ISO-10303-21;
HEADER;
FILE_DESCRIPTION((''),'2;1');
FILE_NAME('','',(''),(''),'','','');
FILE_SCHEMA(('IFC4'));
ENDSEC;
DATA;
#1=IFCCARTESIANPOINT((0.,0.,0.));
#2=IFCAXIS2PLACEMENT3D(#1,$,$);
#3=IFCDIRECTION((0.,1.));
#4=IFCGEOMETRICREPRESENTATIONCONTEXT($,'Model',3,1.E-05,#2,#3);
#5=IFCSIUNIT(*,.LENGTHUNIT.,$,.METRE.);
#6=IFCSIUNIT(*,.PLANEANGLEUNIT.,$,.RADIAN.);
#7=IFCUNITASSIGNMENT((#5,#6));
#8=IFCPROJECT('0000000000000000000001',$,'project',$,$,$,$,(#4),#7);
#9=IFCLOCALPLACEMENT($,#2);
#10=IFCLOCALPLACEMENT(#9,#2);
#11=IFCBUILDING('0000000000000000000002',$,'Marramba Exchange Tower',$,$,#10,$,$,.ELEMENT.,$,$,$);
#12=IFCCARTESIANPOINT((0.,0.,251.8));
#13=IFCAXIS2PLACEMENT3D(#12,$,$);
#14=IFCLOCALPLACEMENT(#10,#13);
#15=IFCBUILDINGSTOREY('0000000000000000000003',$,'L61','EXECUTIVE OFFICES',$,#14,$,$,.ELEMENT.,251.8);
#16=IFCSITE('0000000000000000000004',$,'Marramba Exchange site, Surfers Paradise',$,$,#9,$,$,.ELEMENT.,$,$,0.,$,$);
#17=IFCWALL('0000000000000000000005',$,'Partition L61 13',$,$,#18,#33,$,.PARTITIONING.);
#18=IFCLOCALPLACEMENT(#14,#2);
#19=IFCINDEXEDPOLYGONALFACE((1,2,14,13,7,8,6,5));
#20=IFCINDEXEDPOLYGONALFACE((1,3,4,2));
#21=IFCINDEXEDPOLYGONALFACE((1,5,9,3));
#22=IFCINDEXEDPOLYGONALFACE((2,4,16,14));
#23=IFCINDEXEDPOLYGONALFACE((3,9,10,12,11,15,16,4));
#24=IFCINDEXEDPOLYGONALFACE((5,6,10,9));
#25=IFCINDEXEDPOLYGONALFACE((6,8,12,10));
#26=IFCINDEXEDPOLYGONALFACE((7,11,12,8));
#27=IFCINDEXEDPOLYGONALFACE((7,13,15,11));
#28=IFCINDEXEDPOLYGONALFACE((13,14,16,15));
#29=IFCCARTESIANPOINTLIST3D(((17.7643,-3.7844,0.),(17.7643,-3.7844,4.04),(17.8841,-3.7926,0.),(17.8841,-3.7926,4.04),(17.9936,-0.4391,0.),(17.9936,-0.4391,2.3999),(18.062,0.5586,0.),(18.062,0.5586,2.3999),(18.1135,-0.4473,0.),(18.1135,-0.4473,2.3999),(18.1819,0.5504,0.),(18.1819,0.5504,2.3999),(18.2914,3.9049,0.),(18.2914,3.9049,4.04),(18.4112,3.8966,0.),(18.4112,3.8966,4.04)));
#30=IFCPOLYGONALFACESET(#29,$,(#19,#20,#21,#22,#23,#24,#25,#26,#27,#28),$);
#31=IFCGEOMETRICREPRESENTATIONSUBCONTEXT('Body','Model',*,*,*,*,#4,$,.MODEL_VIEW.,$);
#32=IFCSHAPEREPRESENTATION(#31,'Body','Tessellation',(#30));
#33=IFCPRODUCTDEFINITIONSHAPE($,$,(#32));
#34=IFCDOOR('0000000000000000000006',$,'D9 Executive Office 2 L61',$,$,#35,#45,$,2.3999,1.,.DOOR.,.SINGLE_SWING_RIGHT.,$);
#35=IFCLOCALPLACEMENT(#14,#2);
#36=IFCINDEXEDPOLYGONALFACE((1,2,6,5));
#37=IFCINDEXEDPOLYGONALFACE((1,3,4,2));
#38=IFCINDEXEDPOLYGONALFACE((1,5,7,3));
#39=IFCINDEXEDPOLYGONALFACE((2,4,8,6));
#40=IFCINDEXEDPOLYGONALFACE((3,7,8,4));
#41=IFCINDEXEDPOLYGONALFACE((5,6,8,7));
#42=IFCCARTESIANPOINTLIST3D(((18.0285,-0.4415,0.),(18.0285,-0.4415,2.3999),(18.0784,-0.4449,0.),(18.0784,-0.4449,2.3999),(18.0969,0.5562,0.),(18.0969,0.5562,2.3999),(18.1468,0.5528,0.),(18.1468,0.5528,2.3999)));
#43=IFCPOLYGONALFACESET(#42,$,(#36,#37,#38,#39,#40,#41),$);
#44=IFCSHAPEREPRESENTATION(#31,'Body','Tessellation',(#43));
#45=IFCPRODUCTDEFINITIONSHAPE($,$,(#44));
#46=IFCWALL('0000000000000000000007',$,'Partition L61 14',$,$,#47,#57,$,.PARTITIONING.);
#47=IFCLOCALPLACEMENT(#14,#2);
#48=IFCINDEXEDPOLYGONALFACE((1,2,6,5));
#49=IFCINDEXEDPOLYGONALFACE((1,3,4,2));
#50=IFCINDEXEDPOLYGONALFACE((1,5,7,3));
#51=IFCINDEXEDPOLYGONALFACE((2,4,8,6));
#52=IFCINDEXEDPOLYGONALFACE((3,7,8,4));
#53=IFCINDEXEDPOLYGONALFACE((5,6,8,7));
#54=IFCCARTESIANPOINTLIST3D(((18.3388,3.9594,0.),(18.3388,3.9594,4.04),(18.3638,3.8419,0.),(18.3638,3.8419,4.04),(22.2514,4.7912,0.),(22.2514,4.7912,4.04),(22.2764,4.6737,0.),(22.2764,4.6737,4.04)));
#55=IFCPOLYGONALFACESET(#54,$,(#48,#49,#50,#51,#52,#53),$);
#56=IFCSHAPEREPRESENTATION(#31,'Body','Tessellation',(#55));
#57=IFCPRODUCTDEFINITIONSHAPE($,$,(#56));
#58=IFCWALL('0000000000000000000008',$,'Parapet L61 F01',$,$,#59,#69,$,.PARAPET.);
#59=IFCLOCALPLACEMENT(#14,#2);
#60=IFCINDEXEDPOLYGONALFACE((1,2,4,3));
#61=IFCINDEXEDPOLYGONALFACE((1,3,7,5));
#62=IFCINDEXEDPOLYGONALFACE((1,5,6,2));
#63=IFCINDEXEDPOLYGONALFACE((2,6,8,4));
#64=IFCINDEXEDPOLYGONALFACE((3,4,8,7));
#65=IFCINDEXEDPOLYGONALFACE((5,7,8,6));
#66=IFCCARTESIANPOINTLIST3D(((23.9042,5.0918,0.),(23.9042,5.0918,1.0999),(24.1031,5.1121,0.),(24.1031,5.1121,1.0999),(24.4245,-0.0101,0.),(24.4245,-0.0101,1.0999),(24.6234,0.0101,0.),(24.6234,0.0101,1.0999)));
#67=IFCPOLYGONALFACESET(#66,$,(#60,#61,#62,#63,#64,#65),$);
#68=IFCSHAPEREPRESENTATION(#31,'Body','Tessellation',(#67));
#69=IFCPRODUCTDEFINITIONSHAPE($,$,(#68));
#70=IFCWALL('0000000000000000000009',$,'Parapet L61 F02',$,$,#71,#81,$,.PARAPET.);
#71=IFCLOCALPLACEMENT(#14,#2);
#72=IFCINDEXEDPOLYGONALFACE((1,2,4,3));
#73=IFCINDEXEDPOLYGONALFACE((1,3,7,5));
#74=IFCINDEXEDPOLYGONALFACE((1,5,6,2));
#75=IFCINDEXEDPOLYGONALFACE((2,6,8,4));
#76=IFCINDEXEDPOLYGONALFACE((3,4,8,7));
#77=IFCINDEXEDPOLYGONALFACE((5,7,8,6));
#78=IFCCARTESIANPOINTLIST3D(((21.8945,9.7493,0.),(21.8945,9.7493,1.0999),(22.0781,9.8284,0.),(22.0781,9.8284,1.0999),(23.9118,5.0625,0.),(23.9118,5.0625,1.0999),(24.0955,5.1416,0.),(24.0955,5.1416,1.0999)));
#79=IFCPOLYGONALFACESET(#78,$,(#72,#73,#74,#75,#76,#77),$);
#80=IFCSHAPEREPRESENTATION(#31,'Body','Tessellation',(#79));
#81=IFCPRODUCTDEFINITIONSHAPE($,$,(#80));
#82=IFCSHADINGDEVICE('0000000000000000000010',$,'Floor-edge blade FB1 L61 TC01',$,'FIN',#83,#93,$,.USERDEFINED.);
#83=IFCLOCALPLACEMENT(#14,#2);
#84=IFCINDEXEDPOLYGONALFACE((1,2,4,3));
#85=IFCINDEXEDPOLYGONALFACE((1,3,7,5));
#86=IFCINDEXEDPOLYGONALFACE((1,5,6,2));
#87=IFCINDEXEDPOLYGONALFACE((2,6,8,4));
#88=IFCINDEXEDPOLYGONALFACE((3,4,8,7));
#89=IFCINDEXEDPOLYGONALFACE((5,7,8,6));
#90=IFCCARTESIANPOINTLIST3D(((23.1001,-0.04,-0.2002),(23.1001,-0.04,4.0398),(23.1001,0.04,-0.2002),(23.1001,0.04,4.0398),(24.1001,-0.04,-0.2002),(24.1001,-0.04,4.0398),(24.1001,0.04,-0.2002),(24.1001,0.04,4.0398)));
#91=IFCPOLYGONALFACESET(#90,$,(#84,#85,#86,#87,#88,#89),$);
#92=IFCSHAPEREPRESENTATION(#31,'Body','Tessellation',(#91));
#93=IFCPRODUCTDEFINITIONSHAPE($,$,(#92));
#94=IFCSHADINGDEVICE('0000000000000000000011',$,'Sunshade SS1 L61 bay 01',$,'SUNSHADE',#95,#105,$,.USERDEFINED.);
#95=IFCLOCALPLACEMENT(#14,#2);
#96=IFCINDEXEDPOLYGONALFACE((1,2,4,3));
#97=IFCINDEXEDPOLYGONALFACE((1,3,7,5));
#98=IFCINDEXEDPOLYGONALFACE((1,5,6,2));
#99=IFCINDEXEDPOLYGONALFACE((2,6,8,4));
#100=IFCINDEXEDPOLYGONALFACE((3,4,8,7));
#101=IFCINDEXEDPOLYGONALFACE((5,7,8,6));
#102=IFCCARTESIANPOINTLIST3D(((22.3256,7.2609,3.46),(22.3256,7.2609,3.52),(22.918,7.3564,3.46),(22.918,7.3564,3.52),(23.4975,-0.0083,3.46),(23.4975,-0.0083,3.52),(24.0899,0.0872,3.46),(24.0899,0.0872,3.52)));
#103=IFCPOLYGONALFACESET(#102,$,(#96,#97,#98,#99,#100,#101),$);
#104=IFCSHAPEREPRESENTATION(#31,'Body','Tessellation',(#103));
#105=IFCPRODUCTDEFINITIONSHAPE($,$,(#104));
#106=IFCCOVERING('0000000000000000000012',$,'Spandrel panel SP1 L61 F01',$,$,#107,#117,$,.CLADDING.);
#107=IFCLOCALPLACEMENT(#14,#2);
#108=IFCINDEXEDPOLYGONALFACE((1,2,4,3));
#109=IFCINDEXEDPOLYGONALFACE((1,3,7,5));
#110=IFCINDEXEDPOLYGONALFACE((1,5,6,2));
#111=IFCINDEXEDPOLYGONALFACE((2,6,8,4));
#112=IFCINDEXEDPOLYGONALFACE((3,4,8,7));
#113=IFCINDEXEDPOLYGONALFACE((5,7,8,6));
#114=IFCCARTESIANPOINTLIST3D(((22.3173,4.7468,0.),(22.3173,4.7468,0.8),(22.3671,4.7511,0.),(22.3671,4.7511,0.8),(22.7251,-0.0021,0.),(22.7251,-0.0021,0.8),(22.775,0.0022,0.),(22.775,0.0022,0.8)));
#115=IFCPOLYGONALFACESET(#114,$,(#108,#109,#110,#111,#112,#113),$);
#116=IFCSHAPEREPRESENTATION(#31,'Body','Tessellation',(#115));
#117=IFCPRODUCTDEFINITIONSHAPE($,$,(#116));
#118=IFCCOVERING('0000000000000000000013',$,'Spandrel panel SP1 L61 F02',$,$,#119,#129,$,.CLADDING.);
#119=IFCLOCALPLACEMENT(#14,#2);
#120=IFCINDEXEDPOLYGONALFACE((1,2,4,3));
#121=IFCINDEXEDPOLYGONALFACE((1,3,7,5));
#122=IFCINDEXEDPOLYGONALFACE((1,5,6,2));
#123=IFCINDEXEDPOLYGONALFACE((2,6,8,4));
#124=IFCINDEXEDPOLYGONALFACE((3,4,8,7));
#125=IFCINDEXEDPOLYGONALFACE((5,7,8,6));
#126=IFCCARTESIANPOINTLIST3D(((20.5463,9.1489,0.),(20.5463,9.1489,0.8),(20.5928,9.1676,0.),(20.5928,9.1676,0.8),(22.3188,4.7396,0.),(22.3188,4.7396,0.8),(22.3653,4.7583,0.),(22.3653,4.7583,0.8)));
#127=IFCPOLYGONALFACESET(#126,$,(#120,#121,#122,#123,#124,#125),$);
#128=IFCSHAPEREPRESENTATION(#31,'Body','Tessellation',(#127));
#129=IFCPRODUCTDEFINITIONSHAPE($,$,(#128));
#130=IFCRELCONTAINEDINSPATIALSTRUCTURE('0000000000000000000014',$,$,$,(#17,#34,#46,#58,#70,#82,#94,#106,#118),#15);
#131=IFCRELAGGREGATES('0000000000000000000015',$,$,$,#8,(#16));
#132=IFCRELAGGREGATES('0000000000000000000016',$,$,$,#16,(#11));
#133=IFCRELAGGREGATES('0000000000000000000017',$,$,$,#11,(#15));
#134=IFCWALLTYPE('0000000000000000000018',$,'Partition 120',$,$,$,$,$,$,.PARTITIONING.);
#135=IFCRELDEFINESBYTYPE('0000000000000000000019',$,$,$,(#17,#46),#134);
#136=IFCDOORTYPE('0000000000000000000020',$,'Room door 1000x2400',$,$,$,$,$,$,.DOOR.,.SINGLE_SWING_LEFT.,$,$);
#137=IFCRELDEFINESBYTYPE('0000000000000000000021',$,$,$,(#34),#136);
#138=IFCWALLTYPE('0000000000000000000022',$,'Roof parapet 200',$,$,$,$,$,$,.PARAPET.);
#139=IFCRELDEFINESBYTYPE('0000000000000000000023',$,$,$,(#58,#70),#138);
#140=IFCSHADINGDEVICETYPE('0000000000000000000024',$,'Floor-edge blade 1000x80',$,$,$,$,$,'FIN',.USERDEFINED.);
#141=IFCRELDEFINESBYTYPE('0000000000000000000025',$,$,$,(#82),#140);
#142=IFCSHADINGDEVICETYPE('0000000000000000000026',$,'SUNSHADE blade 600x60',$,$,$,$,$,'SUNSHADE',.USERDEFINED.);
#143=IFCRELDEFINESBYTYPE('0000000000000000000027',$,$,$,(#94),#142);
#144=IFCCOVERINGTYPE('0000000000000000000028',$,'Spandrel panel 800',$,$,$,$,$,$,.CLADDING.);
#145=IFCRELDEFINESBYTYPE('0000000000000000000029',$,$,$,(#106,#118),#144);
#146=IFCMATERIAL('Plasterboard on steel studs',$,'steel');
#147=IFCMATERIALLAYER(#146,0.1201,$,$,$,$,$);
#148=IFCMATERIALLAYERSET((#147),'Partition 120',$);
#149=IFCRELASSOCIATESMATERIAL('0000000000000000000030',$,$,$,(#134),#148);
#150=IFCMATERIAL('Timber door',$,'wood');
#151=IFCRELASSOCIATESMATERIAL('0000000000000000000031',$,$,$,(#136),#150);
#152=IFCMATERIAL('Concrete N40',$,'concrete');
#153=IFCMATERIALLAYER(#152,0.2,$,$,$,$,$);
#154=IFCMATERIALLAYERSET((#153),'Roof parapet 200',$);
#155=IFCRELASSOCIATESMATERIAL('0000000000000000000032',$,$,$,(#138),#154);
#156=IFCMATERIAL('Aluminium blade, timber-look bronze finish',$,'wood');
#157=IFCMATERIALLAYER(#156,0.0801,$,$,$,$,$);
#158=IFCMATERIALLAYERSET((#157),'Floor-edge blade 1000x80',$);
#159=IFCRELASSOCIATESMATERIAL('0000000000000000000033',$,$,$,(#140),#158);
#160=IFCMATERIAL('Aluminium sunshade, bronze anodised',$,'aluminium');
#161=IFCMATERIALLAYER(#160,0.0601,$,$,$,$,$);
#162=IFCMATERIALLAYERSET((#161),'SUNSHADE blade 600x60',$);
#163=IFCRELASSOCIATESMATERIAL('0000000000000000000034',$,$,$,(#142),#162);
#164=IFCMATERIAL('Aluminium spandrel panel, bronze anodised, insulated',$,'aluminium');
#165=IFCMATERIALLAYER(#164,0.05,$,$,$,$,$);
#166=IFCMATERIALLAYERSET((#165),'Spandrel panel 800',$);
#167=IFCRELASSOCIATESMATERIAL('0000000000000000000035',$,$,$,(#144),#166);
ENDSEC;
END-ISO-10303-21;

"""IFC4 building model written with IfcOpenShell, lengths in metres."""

from ifc_helpers import new_model, si_unit, direction, frame, frame_2d, origin, origin_2d, place, context, subcontext, project, spatial, rectangle, extrude, material, layer, layer_set, type_object, element, fill, save


model = new_model("IFC4")

# Units and contexts
model_context = context("Model", 3, precision=1e-05, world=origin(), true_north=direction((0.0, 1.0)))
body_context = subcontext(model_context, "Body", "Model", "MODEL_VIEW")
ifc_project = project(units=[si_unit("LENGTHUNIT", "METRE"), si_unit("PLANEANGLEUNIT", "RADIAN")], contexts=[model_context])

# Site, building, storey
site_placement = place(None, origin())
site = spatial("IfcSite", under=ifc_project, at=site_placement, Name="Marramba Exchange site, Surfers Paradise", CompositionType="ELEMENT", RefElevation=0.0)
building_placement = place(site_placement, origin())
building = spatial("IfcBuilding", under=site, at=building_placement, Name="Marramba Exchange Tower", CompositionType="ELEMENT")
storey_placement = place(building_placement, frame((0.0, 0.0, 251.8)))
storey = spatial("IfcBuildingStorey", under=building, at=storey_placement, Name="L61", Description="EXECUTIVE OFFICES", CompositionType="ELEMENT", Elevation=251.8)

# Wall, opening, door
ifc_material_1 = material(Name="Plasterboard on steel studs", Category="steel")
ifc_layer_1 = layer(ifc_material_1, 0.1201)
ifc_layer_set_1 = layer_set([ifc_layer_1], Name="Partition 120")
wall_type_1 = type_object("IfcWallType", Name="Partition 120", PredefinedType="PARTITIONING", material=ifc_layer_set_1)
wall_1_placement = place(storey_placement, frame((18.3513, 3.9006, 0.0), z_axis=(0.0, 0.0, 1.0), x_axis=(-0.06839, -0.997659, 0.0)))
wall_1 = element("IfcWall", 1, at=wall_1_placement, inside=storey, type_object=wall_type_1, Name="Partition L61 13", PredefinedType="PARTITIONING", context=body_context, shape_type="SweptSolid", body=[
    extrude(rectangle(XDim=7.7073, YDim=0.1201, at=frame_2d((3.8535, 0.0))), origin(), (0.0, 0.0, 1.0), 4.04),
])
opening_placement = place(wall_1_placement, frame((3.354, 0.0, 0.0)))
opening = element("IfcOpeningElement", 2, at=opening_placement, cuts=wall_1, PredefinedType="OPENING", context=body_context, shape_type="SweptSolid", body=[
    extrude(rectangle(XDim=1.0, YDim=2.3999, at=frame_2d((0.5, 1.2))), frame((0.0, 0.0701, 0.0), z_axis=(0.0, -1.0, 0.0), x_axis=(1.0, 0.0, 0.0)), (0.0, 0.0, 1.0), 0.1401),
])
ifc_material_2 = material(Name="Timber door", Category="wood")
door_type = type_object("IfcDoorType", Name="Room door 1000x2400", OperationType="SINGLE_SWING_LEFT", PredefinedType="DOOR", material=ifc_material_2)
door_placement = place(opening_placement, origin())
door = element("IfcDoor", 3, at=door_placement, inside=storey, type_object=door_type, Name="D9 Executive Office 2 L61", OperationType="SINGLE_SWING_RIGHT", OverallHeight=2.3999, OverallWidth=1.0, PredefinedType="DOOR", context=body_context, shape_type="SweptSolid", body=[
    extrude(rectangle(XDim=1.0, YDim=2.3999, at=frame_2d((0.5, 1.2))), frame((0.0, 0.0249, 0.0), z_axis=(0.0, -1.0, 0.0), x_axis=(1.0, 0.0, 0.0)), (0.0, 0.0, 1.0), 0.05),
])
fill(opening, door)

# Walls
wall_2_placement = place(storey_placement, frame((18.3513, 3.9006, 0.0), z_axis=(0.0, 0.0, 1.0), x_axis=(0.978141, 0.207945, 0.0)))
element("IfcWall", 4, at=wall_2_placement, inside=storey, type_object=wall_type_1, Name="Partition L61 14", PredefinedType="PARTITIONING", context=body_context, shape_type="SweptSolid", body=[
    extrude(rectangle(XDim=4.0, YDim=0.1201, at=frame_2d((2.0, 0.0))), origin(), (0.0, 0.0, 1.0), 4.04),
])
ifc_material_3 = material(Name="Concrete N40", Category="concrete")
ifc_layer_2 = layer(ifc_material_3, 0.2)
ifc_layer_set_2 = layer_set([ifc_layer_2], Name="Roof parapet 200")
wall_type_2 = type_object("IfcWallType", Name="Roof parapet 200", PredefinedType="PARAPET", material=ifc_layer_set_2)
wall_3_placement = place(storey_placement, frame((24.5239, 0.0, 0.0), z_axis=(0.0, 0.0, 1.0), x_axis=(-0.101445, 0.994841, 0.0)))
element("IfcWall", 5, at=wall_3_placement, inside=storey, type_object=wall_type_2, Name="Parapet L61 F01", PredefinedType="PARAPET", context=body_context, shape_type="SweptSolid", body=[
    extrude(rectangle(XDim=5.1284, YDim=0.2, at=frame_2d((2.5642, 0.0))), origin(), (0.0, 0.0, 1.0), 1.0999),
])
wall_4_placement = place(storey_placement, frame((24.0037, 5.1021, 0.0), z_axis=(0.0, 0.0, 1.0), x_axis=(-0.395362, 0.918525, 0.0)))
element("IfcWall", 6, at=wall_4_placement, inside=storey, type_object=wall_type_2, Name="Parapet L61 F02", PredefinedType="PARAPET", context=body_context, shape_type="SweptSolid", body=[
    extrude(rectangle(XDim=5.1025, YDim=0.2, at=frame_2d((2.5513, 0.0))), origin(), (0.0, 0.0, 1.0), 1.0999),
])

# Shading devices
ifc_material_4 = material(Name="Aluminium blade, timber-look bronze finish", Category="wood")
ifc_layer_3 = layer(ifc_material_4, 0.0801)
ifc_layer_set_3 = layer_set([ifc_layer_3], Name="Floor-edge blade 1000x80")
shading_device_type_1 = type_object("IfcShadingDeviceType", Name="Floor-edge blade 1000x80", ElementType="FIN", PredefinedType="USERDEFINED", material=ifc_layer_set_3)
shading_device_1_placement = place(storey_placement, frame((23.6001, 0.0, -0.2002), z_axis=(0.0, 0.0, 1.0), x_axis=(1.0, 0.0, 0.0)))
element("IfcShadingDevice", 7, at=shading_device_1_placement, inside=storey, type_object=shading_device_type_1, Name="Floor-edge blade FB1 L61 TC01", ObjectType="FIN", PredefinedType="USERDEFINED", context=body_context, shape_type="SweptSolid", body=[
    extrude(rectangle(XDim=1.0, YDim=0.0801, at=origin_2d()), origin(), (0.0, 0.0, 1.0), 4.24),
])
ifc_material_5 = material(Name="Aluminium sunshade, bronze anodised", Category="aluminium")
ifc_layer_4 = layer(ifc_material_5, 0.0601)
ifc_layer_set_4 = layer_set([ifc_layer_4], Name="SUNSHADE blade 600x60")
shading_device_type_2 = type_object("IfcShadingDeviceType", Name="SUNSHADE blade 600x60", ElementType="SUNSHADE", PredefinedType="USERDEFINED", material=ifc_layer_set_4)
shading_device_2_placement = place(storey_placement, frame((23.2078, 3.6741, 3.46), z_axis=(0.0, 0.0, 1.0), x_axis=(-0.159158, 0.987253, 0.0)))
element("IfcShadingDevice", 8, at=shading_device_2_placement, inside=storey, type_object=shading_device_type_2, Name="Sunshade SS1 L61 bay 01", ObjectType="SUNSHADE", PredefinedType="USERDEFINED", context=body_context, shape_type="SweptSolid", body=[
    extrude(rectangle(XDim=7.363, YDim=0.6001, at=origin_2d()), origin(), (0.0, 0.0, 1.0), 0.0601),
])

# Coverings
ifc_material_6 = material(Name="Aluminium spandrel panel, bronze anodised, insulated", Category="aluminium")
ifc_layer_5 = layer(ifc_material_6, 0.05)
ifc_layer_set_5 = layer_set([ifc_layer_5], Name="Spandrel panel 800")
covering_type = type_object("IfcCoveringType", Name="Spandrel panel 800", PredefinedType="CLADDING", material=ifc_layer_set_5)
covering_1_placement = place(storey_placement, frame((22.5461, 2.3745, 0.0), z_axis=(0.0, 0.0, 1.0), x_axis=(-0.085574, 0.996332, 0.0)))
element("IfcCovering", 9, at=covering_1_placement, inside=storey, type_object=covering_type, Name="Spandrel panel SP1 L61 F01", PredefinedType="CLADDING", context=body_context, shape_type="SweptSolid", body=[
    extrude(rectangle(XDim=4.7664, YDim=0.05, at=origin_2d()), origin(), (0.0, 0.0, 1.0), 0.8),
])
covering_2_placement = place(storey_placement, frame((21.4558, 6.9536, 0.0), z_axis=(0.0, 0.0, 1.0), x_axis=(-0.372983, 0.927838, 0.0)))
element("IfcCovering", 10, at=covering_2_placement, inside=storey, type_object=covering_type, Name="Spandrel panel SP1 L61 F02", PredefinedType="CLADDING", context=body_context, shape_type="SweptSolid", body=[
    extrude(rectangle(XDim=4.7522, YDim=0.05, at=origin_2d()), origin(), (0.0, 0.0, 1.0), 0.8),
])

save(model, "model.ifc")
